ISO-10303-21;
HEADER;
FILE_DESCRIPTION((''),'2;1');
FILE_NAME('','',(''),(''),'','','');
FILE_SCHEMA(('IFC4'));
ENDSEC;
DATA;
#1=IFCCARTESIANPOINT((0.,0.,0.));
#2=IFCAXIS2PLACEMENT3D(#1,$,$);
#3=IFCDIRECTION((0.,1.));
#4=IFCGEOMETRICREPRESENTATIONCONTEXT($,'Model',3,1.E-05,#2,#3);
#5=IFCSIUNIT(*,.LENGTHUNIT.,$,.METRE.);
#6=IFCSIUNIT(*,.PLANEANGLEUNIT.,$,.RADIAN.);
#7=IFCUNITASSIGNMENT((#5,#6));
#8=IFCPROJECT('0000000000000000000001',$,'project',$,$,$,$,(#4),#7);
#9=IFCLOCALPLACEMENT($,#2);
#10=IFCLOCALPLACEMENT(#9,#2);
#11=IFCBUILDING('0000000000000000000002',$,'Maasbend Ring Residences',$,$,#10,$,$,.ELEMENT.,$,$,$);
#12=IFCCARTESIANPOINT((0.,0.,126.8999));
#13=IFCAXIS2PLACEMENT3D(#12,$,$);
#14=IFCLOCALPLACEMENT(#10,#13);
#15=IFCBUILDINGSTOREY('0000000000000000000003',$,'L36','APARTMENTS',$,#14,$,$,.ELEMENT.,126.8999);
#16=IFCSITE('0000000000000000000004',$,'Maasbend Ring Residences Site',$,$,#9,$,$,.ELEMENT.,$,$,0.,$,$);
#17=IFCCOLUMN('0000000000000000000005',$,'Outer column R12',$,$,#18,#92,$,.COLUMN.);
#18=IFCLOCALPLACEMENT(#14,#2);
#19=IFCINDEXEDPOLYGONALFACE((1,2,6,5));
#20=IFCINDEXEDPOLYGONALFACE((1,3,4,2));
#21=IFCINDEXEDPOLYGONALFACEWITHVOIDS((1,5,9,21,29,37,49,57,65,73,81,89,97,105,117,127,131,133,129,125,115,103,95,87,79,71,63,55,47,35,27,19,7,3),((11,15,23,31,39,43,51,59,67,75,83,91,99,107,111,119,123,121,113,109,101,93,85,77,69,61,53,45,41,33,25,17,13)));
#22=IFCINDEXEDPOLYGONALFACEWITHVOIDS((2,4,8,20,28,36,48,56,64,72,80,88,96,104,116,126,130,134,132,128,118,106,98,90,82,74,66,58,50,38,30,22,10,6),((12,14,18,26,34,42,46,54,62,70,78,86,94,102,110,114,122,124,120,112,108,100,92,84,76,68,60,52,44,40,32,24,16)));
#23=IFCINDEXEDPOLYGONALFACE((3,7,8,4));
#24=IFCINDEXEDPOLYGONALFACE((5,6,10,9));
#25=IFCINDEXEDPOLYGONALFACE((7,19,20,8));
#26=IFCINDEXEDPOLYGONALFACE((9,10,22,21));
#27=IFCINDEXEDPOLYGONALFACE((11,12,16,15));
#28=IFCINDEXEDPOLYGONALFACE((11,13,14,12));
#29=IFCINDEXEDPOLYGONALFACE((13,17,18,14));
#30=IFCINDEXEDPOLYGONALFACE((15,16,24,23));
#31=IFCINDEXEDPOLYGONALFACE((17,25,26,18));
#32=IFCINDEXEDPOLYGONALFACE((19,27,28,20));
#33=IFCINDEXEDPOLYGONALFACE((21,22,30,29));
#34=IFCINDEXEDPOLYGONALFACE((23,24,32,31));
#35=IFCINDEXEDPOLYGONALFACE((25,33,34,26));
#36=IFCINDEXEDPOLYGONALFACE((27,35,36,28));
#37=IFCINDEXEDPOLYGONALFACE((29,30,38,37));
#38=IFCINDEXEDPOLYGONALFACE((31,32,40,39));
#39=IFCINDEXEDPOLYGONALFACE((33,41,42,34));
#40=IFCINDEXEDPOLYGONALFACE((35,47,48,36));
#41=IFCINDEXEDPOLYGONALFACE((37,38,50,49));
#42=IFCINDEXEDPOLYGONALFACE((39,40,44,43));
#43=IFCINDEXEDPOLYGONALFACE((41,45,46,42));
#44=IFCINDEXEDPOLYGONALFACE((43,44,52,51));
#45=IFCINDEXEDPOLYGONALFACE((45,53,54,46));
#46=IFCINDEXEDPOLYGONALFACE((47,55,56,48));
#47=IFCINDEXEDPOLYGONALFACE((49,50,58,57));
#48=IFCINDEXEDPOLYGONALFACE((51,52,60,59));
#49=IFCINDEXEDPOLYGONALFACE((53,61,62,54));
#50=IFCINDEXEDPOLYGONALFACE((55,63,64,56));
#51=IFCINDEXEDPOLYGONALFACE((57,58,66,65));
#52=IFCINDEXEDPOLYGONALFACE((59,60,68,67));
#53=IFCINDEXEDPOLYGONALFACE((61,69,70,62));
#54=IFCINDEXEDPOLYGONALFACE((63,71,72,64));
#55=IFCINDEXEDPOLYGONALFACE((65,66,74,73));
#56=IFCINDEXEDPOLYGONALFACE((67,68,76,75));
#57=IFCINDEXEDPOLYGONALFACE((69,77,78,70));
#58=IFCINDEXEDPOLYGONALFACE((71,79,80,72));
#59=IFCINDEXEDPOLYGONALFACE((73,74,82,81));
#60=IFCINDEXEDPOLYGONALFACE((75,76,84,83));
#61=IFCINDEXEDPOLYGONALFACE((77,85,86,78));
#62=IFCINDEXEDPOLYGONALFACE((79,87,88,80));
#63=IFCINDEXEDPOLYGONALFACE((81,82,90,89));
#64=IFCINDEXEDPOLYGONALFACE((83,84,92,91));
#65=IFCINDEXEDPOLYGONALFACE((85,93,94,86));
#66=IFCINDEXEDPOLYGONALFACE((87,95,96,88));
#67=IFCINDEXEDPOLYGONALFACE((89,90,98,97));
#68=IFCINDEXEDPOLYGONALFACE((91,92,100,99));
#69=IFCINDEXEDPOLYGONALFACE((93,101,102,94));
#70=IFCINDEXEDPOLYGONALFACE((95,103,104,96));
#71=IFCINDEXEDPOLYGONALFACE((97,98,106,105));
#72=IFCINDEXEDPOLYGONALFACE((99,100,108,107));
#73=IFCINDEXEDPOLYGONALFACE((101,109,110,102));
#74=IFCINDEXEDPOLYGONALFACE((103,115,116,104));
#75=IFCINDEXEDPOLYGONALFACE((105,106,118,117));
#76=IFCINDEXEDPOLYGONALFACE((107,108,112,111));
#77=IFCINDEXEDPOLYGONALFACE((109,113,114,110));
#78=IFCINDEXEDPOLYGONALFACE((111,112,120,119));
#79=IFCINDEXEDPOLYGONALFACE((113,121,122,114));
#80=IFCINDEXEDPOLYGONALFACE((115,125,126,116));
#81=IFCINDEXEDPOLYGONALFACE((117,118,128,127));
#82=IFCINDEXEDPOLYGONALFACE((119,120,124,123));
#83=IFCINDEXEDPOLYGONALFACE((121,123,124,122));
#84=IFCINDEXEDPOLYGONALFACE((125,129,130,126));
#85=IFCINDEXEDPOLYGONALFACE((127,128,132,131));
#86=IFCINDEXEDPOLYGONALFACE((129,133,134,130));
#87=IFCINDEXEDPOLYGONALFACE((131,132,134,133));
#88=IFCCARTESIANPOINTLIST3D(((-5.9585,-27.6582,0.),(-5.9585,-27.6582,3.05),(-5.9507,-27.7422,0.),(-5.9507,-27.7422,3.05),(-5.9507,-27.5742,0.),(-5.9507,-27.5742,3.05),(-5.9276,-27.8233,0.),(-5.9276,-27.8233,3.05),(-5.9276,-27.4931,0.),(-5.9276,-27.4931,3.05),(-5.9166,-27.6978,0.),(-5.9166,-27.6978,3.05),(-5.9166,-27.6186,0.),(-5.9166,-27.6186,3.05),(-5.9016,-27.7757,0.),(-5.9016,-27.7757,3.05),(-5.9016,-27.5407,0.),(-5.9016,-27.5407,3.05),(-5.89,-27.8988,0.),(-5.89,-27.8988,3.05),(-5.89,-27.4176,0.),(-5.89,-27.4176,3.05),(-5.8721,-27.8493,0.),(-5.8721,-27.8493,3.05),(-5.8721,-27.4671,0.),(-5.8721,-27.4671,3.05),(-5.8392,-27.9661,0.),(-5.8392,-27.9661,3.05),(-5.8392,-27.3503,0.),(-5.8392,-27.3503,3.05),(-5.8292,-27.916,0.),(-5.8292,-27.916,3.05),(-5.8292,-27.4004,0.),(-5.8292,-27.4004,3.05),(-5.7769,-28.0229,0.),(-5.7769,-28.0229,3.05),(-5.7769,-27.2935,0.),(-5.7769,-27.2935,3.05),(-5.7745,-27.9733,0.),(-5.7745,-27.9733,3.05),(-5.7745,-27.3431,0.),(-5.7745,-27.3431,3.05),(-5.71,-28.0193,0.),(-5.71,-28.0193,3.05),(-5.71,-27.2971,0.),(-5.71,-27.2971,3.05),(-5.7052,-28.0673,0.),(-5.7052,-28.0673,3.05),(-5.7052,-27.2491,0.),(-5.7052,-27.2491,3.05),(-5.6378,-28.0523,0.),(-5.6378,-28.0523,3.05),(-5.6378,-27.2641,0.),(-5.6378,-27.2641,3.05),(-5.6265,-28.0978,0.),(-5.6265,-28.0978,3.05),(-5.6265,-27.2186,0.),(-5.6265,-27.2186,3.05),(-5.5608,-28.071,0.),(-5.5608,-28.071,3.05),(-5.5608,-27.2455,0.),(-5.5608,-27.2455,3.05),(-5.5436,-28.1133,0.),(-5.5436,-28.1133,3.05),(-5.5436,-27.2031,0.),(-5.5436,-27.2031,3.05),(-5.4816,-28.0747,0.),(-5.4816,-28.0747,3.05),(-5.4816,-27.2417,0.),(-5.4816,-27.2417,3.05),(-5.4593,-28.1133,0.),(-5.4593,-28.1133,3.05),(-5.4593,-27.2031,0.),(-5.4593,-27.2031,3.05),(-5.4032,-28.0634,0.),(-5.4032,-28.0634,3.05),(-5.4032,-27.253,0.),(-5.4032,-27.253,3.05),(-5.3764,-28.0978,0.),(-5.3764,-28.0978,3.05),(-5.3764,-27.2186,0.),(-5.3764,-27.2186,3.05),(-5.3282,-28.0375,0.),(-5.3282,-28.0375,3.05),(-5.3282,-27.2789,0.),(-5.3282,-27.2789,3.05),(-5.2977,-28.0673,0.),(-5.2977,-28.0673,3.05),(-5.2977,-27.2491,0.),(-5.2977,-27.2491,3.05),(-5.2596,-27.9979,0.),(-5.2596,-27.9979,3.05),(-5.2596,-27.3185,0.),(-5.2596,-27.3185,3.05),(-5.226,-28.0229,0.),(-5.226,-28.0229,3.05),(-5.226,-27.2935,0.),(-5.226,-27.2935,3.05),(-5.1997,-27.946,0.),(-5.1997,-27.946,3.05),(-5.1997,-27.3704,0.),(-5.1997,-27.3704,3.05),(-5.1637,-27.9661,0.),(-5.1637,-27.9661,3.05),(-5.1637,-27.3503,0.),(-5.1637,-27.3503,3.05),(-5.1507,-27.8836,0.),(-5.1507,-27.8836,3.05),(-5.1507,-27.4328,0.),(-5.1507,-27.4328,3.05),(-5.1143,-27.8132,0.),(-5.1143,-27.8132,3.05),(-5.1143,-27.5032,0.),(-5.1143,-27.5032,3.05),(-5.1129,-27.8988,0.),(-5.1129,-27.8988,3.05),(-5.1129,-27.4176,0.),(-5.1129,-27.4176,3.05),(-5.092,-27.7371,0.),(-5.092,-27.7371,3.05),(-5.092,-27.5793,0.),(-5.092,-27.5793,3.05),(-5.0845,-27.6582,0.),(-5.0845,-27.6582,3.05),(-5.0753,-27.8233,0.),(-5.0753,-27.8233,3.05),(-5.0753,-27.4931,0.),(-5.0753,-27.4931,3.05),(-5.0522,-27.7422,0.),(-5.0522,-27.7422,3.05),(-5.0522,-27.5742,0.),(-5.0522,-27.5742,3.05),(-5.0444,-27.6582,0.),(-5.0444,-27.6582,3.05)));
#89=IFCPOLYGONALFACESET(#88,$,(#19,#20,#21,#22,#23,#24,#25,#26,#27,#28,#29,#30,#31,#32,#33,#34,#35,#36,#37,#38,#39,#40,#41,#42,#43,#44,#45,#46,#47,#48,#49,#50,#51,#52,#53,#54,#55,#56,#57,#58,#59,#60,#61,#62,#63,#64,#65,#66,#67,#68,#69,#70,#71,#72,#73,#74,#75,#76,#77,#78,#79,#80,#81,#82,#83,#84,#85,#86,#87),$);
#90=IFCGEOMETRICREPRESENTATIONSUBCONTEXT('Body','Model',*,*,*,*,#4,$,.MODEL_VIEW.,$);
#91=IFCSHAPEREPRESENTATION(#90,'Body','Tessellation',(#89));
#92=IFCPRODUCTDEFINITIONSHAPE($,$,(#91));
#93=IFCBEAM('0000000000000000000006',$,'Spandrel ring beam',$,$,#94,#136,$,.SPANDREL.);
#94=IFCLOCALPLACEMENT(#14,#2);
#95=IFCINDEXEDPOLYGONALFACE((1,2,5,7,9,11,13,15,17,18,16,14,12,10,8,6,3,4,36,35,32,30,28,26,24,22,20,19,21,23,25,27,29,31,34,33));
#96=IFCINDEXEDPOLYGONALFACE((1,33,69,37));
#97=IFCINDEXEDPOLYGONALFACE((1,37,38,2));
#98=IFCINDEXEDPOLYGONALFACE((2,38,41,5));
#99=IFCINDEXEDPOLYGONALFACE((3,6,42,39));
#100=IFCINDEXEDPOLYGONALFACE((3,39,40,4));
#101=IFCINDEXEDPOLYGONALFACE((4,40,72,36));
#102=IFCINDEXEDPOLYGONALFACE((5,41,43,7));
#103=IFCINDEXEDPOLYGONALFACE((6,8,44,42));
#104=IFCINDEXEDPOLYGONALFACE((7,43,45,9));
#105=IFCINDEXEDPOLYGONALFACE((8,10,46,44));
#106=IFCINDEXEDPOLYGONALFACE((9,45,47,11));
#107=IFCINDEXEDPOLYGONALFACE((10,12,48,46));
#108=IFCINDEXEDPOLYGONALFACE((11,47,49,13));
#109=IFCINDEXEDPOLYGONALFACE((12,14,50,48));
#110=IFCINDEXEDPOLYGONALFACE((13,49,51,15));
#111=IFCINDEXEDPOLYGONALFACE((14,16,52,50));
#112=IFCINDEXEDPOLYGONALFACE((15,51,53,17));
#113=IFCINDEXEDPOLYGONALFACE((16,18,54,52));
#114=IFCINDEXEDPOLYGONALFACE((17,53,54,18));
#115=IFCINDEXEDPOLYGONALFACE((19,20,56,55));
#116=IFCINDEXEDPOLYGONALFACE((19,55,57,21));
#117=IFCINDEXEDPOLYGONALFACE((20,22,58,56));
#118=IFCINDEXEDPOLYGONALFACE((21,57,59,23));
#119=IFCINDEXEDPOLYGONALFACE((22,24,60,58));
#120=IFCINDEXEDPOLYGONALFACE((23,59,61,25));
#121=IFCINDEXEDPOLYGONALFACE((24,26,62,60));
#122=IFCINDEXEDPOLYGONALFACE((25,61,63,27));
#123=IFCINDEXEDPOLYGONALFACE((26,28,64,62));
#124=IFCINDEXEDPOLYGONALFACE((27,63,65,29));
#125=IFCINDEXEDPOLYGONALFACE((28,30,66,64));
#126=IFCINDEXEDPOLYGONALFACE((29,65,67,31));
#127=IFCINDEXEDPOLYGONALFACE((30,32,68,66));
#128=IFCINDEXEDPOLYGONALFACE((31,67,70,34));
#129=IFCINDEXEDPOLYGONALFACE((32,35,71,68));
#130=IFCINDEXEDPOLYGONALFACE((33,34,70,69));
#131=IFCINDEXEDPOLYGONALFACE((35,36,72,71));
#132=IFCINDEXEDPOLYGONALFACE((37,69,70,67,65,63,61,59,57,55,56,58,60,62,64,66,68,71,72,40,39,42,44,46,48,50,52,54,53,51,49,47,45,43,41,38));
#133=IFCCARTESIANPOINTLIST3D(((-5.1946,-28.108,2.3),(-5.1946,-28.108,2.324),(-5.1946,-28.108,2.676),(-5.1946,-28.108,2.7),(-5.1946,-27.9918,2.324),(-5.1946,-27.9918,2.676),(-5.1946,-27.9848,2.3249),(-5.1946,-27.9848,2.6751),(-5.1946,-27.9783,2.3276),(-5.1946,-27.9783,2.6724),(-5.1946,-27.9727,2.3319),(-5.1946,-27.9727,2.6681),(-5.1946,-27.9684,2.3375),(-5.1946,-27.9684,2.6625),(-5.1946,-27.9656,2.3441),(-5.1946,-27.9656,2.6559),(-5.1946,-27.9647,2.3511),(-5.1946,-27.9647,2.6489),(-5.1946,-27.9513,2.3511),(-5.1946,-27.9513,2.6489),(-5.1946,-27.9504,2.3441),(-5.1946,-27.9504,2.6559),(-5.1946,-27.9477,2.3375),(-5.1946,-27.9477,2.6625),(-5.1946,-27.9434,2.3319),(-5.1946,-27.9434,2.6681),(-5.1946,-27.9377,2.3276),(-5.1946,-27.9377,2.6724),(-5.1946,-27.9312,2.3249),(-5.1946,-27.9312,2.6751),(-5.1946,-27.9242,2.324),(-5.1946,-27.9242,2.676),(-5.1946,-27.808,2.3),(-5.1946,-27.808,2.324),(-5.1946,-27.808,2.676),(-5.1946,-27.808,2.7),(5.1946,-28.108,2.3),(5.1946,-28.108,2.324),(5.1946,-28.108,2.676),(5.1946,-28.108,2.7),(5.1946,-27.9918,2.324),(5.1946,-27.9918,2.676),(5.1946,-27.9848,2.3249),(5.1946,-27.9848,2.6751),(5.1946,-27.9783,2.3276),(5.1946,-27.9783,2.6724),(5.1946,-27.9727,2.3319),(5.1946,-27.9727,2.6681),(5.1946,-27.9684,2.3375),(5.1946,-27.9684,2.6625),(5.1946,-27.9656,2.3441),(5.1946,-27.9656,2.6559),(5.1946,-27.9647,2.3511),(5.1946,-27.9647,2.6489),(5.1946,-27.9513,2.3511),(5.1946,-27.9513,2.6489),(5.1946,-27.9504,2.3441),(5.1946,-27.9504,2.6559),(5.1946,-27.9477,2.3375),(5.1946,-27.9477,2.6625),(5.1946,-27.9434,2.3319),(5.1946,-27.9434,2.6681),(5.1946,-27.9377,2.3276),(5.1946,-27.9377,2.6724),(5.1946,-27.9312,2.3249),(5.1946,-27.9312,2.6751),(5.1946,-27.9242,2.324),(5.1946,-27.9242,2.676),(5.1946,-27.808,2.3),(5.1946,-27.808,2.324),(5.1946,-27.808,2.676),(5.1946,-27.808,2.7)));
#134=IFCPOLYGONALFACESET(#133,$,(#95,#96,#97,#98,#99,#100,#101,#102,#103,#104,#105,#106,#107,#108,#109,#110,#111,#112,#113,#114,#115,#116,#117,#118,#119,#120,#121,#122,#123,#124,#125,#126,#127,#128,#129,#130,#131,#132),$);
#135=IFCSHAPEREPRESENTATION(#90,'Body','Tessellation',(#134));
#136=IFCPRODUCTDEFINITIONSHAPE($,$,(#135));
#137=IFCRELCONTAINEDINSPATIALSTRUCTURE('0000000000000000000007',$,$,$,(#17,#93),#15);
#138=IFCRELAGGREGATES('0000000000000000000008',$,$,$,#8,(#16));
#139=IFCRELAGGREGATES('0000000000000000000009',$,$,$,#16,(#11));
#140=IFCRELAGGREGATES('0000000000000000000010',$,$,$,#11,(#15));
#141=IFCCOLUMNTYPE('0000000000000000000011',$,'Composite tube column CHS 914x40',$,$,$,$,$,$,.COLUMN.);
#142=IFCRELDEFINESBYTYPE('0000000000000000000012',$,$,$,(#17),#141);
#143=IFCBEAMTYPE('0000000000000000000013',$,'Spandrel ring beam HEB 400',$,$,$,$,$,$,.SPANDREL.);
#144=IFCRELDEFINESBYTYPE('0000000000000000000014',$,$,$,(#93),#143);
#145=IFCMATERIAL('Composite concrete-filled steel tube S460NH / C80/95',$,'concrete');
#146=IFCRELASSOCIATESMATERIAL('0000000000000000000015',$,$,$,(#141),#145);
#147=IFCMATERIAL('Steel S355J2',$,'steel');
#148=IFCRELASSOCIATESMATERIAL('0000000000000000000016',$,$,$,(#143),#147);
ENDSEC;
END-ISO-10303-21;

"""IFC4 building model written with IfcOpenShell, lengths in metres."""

from ifc_helpers import new_model, si_unit, direction, frame, origin, origin_2d, place, context, subcontext, project, spatial, hollow_circle, i_section, extrude, material, material_profile, profile_set, type_object, element, save


model = new_model("IFC4")

# Units and contexts
model_context = context("Model", 3, precision=1e-05, world=origin(), true_north=direction((0.0, 1.0)))
body_context = subcontext(model_context, "Body", "Model", "MODEL_VIEW")
ifc_project = project(units=[si_unit("LENGTHUNIT", "METRE"), si_unit("PLANEANGLEUNIT", "RADIAN")], contexts=[model_context])

# Site, building, storey
site_placement = place(None, origin())
site = spatial("IfcSite", under=ifc_project, at=site_placement, Name="Maasbend Ring Residences Site", CompositionType="ELEMENT", RefElevation=0.0)
building_placement = place(site_placement, origin())
building = spatial("IfcBuilding", under=site, at=building_placement, Name="Maasbend Ring Residences", CompositionType="ELEMENT")
storey_placement = place(building_placement, frame((0.0, 0.0, 126.8999)))
storey = spatial("IfcBuildingStorey", under=building, at=storey_placement, Name="L36", Description="APARTMENTS", CompositionType="ELEMENT", Elevation=126.8999)

# Column
ifc_material_1 = material(Name="Composite concrete-filled steel tube S460NH / C80/95", Category="concrete")
ifc_material_profile_1 = material_profile(ifc_material_1, hollow_circle(Radius=0.457, WallThickness=0.04, at=origin_2d()), Name="Composite tube column CHS 914x40")
ifc_profile_set_1 = profile_set([ifc_material_profile_1], Name="Composite concrete-filled steel tube S460NH / C80/95")
column_type = type_object("IfcColumnType", Name="Composite tube column CHS 914x40", PredefinedType="COLUMN", material=ifc_profile_set_1)
column_placement = place(storey_placement, frame((-5.5015, -27.6582, 0.0), z_axis=(0.0, 0.0, 1.0), x_axis=(1.0, 0.0, 0.0)))
element("IfcColumn", 1, at=column_placement, inside=storey, type_object=column_type, Name="Outer column R12", PredefinedType="COLUMN", context=body_context, shape_type="SweptSolid", body=[
    extrude(hollow_circle(Radius=0.457, WallThickness=0.04, at=origin_2d()), origin(), (0.0, 0.0, 1.0), 3.05),
])

# Beam
ifc_material_2 = material(Name="Steel S355J2", Category="steel")
ifc_material_profile_2 = material_profile(ifc_material_2, i_section(OverallWidth=0.3, OverallDepth=0.3999, WebThickness=0.0134, FlangeThickness=0.0239, FilletRadius=0.0271, at=origin_2d()), Name="HEB 400")
ifc_profile_set_2 = profile_set([ifc_material_profile_2], Name="Steel S355J2")
beam_type = type_object("IfcBeamType", Name="Spandrel ring beam HEB 400", PredefinedType="SPANDREL", material=ifc_profile_set_2)
beam_placement = place(storey_placement, frame((-5.1946, -27.958, 2.5), z_axis=(1.0, 0.0, 0.0), x_axis=(0.0, 1.0, 0.0)))
element("IfcBeam", 2, at=beam_placement, inside=storey, type_object=beam_type, Name="Spandrel ring beam", PredefinedType="SPANDREL", context=body_context, shape_type="SweptSolid", body=[
    extrude(i_section(OverallWidth=0.3, OverallDepth=0.3999, WebThickness=0.0134, FlangeThickness=0.0239, FilletRadius=0.0271, at=origin_2d()), origin(), (0.0, 0.0, 1.0), 10.3892),
])

save(model, "model.ifc")
